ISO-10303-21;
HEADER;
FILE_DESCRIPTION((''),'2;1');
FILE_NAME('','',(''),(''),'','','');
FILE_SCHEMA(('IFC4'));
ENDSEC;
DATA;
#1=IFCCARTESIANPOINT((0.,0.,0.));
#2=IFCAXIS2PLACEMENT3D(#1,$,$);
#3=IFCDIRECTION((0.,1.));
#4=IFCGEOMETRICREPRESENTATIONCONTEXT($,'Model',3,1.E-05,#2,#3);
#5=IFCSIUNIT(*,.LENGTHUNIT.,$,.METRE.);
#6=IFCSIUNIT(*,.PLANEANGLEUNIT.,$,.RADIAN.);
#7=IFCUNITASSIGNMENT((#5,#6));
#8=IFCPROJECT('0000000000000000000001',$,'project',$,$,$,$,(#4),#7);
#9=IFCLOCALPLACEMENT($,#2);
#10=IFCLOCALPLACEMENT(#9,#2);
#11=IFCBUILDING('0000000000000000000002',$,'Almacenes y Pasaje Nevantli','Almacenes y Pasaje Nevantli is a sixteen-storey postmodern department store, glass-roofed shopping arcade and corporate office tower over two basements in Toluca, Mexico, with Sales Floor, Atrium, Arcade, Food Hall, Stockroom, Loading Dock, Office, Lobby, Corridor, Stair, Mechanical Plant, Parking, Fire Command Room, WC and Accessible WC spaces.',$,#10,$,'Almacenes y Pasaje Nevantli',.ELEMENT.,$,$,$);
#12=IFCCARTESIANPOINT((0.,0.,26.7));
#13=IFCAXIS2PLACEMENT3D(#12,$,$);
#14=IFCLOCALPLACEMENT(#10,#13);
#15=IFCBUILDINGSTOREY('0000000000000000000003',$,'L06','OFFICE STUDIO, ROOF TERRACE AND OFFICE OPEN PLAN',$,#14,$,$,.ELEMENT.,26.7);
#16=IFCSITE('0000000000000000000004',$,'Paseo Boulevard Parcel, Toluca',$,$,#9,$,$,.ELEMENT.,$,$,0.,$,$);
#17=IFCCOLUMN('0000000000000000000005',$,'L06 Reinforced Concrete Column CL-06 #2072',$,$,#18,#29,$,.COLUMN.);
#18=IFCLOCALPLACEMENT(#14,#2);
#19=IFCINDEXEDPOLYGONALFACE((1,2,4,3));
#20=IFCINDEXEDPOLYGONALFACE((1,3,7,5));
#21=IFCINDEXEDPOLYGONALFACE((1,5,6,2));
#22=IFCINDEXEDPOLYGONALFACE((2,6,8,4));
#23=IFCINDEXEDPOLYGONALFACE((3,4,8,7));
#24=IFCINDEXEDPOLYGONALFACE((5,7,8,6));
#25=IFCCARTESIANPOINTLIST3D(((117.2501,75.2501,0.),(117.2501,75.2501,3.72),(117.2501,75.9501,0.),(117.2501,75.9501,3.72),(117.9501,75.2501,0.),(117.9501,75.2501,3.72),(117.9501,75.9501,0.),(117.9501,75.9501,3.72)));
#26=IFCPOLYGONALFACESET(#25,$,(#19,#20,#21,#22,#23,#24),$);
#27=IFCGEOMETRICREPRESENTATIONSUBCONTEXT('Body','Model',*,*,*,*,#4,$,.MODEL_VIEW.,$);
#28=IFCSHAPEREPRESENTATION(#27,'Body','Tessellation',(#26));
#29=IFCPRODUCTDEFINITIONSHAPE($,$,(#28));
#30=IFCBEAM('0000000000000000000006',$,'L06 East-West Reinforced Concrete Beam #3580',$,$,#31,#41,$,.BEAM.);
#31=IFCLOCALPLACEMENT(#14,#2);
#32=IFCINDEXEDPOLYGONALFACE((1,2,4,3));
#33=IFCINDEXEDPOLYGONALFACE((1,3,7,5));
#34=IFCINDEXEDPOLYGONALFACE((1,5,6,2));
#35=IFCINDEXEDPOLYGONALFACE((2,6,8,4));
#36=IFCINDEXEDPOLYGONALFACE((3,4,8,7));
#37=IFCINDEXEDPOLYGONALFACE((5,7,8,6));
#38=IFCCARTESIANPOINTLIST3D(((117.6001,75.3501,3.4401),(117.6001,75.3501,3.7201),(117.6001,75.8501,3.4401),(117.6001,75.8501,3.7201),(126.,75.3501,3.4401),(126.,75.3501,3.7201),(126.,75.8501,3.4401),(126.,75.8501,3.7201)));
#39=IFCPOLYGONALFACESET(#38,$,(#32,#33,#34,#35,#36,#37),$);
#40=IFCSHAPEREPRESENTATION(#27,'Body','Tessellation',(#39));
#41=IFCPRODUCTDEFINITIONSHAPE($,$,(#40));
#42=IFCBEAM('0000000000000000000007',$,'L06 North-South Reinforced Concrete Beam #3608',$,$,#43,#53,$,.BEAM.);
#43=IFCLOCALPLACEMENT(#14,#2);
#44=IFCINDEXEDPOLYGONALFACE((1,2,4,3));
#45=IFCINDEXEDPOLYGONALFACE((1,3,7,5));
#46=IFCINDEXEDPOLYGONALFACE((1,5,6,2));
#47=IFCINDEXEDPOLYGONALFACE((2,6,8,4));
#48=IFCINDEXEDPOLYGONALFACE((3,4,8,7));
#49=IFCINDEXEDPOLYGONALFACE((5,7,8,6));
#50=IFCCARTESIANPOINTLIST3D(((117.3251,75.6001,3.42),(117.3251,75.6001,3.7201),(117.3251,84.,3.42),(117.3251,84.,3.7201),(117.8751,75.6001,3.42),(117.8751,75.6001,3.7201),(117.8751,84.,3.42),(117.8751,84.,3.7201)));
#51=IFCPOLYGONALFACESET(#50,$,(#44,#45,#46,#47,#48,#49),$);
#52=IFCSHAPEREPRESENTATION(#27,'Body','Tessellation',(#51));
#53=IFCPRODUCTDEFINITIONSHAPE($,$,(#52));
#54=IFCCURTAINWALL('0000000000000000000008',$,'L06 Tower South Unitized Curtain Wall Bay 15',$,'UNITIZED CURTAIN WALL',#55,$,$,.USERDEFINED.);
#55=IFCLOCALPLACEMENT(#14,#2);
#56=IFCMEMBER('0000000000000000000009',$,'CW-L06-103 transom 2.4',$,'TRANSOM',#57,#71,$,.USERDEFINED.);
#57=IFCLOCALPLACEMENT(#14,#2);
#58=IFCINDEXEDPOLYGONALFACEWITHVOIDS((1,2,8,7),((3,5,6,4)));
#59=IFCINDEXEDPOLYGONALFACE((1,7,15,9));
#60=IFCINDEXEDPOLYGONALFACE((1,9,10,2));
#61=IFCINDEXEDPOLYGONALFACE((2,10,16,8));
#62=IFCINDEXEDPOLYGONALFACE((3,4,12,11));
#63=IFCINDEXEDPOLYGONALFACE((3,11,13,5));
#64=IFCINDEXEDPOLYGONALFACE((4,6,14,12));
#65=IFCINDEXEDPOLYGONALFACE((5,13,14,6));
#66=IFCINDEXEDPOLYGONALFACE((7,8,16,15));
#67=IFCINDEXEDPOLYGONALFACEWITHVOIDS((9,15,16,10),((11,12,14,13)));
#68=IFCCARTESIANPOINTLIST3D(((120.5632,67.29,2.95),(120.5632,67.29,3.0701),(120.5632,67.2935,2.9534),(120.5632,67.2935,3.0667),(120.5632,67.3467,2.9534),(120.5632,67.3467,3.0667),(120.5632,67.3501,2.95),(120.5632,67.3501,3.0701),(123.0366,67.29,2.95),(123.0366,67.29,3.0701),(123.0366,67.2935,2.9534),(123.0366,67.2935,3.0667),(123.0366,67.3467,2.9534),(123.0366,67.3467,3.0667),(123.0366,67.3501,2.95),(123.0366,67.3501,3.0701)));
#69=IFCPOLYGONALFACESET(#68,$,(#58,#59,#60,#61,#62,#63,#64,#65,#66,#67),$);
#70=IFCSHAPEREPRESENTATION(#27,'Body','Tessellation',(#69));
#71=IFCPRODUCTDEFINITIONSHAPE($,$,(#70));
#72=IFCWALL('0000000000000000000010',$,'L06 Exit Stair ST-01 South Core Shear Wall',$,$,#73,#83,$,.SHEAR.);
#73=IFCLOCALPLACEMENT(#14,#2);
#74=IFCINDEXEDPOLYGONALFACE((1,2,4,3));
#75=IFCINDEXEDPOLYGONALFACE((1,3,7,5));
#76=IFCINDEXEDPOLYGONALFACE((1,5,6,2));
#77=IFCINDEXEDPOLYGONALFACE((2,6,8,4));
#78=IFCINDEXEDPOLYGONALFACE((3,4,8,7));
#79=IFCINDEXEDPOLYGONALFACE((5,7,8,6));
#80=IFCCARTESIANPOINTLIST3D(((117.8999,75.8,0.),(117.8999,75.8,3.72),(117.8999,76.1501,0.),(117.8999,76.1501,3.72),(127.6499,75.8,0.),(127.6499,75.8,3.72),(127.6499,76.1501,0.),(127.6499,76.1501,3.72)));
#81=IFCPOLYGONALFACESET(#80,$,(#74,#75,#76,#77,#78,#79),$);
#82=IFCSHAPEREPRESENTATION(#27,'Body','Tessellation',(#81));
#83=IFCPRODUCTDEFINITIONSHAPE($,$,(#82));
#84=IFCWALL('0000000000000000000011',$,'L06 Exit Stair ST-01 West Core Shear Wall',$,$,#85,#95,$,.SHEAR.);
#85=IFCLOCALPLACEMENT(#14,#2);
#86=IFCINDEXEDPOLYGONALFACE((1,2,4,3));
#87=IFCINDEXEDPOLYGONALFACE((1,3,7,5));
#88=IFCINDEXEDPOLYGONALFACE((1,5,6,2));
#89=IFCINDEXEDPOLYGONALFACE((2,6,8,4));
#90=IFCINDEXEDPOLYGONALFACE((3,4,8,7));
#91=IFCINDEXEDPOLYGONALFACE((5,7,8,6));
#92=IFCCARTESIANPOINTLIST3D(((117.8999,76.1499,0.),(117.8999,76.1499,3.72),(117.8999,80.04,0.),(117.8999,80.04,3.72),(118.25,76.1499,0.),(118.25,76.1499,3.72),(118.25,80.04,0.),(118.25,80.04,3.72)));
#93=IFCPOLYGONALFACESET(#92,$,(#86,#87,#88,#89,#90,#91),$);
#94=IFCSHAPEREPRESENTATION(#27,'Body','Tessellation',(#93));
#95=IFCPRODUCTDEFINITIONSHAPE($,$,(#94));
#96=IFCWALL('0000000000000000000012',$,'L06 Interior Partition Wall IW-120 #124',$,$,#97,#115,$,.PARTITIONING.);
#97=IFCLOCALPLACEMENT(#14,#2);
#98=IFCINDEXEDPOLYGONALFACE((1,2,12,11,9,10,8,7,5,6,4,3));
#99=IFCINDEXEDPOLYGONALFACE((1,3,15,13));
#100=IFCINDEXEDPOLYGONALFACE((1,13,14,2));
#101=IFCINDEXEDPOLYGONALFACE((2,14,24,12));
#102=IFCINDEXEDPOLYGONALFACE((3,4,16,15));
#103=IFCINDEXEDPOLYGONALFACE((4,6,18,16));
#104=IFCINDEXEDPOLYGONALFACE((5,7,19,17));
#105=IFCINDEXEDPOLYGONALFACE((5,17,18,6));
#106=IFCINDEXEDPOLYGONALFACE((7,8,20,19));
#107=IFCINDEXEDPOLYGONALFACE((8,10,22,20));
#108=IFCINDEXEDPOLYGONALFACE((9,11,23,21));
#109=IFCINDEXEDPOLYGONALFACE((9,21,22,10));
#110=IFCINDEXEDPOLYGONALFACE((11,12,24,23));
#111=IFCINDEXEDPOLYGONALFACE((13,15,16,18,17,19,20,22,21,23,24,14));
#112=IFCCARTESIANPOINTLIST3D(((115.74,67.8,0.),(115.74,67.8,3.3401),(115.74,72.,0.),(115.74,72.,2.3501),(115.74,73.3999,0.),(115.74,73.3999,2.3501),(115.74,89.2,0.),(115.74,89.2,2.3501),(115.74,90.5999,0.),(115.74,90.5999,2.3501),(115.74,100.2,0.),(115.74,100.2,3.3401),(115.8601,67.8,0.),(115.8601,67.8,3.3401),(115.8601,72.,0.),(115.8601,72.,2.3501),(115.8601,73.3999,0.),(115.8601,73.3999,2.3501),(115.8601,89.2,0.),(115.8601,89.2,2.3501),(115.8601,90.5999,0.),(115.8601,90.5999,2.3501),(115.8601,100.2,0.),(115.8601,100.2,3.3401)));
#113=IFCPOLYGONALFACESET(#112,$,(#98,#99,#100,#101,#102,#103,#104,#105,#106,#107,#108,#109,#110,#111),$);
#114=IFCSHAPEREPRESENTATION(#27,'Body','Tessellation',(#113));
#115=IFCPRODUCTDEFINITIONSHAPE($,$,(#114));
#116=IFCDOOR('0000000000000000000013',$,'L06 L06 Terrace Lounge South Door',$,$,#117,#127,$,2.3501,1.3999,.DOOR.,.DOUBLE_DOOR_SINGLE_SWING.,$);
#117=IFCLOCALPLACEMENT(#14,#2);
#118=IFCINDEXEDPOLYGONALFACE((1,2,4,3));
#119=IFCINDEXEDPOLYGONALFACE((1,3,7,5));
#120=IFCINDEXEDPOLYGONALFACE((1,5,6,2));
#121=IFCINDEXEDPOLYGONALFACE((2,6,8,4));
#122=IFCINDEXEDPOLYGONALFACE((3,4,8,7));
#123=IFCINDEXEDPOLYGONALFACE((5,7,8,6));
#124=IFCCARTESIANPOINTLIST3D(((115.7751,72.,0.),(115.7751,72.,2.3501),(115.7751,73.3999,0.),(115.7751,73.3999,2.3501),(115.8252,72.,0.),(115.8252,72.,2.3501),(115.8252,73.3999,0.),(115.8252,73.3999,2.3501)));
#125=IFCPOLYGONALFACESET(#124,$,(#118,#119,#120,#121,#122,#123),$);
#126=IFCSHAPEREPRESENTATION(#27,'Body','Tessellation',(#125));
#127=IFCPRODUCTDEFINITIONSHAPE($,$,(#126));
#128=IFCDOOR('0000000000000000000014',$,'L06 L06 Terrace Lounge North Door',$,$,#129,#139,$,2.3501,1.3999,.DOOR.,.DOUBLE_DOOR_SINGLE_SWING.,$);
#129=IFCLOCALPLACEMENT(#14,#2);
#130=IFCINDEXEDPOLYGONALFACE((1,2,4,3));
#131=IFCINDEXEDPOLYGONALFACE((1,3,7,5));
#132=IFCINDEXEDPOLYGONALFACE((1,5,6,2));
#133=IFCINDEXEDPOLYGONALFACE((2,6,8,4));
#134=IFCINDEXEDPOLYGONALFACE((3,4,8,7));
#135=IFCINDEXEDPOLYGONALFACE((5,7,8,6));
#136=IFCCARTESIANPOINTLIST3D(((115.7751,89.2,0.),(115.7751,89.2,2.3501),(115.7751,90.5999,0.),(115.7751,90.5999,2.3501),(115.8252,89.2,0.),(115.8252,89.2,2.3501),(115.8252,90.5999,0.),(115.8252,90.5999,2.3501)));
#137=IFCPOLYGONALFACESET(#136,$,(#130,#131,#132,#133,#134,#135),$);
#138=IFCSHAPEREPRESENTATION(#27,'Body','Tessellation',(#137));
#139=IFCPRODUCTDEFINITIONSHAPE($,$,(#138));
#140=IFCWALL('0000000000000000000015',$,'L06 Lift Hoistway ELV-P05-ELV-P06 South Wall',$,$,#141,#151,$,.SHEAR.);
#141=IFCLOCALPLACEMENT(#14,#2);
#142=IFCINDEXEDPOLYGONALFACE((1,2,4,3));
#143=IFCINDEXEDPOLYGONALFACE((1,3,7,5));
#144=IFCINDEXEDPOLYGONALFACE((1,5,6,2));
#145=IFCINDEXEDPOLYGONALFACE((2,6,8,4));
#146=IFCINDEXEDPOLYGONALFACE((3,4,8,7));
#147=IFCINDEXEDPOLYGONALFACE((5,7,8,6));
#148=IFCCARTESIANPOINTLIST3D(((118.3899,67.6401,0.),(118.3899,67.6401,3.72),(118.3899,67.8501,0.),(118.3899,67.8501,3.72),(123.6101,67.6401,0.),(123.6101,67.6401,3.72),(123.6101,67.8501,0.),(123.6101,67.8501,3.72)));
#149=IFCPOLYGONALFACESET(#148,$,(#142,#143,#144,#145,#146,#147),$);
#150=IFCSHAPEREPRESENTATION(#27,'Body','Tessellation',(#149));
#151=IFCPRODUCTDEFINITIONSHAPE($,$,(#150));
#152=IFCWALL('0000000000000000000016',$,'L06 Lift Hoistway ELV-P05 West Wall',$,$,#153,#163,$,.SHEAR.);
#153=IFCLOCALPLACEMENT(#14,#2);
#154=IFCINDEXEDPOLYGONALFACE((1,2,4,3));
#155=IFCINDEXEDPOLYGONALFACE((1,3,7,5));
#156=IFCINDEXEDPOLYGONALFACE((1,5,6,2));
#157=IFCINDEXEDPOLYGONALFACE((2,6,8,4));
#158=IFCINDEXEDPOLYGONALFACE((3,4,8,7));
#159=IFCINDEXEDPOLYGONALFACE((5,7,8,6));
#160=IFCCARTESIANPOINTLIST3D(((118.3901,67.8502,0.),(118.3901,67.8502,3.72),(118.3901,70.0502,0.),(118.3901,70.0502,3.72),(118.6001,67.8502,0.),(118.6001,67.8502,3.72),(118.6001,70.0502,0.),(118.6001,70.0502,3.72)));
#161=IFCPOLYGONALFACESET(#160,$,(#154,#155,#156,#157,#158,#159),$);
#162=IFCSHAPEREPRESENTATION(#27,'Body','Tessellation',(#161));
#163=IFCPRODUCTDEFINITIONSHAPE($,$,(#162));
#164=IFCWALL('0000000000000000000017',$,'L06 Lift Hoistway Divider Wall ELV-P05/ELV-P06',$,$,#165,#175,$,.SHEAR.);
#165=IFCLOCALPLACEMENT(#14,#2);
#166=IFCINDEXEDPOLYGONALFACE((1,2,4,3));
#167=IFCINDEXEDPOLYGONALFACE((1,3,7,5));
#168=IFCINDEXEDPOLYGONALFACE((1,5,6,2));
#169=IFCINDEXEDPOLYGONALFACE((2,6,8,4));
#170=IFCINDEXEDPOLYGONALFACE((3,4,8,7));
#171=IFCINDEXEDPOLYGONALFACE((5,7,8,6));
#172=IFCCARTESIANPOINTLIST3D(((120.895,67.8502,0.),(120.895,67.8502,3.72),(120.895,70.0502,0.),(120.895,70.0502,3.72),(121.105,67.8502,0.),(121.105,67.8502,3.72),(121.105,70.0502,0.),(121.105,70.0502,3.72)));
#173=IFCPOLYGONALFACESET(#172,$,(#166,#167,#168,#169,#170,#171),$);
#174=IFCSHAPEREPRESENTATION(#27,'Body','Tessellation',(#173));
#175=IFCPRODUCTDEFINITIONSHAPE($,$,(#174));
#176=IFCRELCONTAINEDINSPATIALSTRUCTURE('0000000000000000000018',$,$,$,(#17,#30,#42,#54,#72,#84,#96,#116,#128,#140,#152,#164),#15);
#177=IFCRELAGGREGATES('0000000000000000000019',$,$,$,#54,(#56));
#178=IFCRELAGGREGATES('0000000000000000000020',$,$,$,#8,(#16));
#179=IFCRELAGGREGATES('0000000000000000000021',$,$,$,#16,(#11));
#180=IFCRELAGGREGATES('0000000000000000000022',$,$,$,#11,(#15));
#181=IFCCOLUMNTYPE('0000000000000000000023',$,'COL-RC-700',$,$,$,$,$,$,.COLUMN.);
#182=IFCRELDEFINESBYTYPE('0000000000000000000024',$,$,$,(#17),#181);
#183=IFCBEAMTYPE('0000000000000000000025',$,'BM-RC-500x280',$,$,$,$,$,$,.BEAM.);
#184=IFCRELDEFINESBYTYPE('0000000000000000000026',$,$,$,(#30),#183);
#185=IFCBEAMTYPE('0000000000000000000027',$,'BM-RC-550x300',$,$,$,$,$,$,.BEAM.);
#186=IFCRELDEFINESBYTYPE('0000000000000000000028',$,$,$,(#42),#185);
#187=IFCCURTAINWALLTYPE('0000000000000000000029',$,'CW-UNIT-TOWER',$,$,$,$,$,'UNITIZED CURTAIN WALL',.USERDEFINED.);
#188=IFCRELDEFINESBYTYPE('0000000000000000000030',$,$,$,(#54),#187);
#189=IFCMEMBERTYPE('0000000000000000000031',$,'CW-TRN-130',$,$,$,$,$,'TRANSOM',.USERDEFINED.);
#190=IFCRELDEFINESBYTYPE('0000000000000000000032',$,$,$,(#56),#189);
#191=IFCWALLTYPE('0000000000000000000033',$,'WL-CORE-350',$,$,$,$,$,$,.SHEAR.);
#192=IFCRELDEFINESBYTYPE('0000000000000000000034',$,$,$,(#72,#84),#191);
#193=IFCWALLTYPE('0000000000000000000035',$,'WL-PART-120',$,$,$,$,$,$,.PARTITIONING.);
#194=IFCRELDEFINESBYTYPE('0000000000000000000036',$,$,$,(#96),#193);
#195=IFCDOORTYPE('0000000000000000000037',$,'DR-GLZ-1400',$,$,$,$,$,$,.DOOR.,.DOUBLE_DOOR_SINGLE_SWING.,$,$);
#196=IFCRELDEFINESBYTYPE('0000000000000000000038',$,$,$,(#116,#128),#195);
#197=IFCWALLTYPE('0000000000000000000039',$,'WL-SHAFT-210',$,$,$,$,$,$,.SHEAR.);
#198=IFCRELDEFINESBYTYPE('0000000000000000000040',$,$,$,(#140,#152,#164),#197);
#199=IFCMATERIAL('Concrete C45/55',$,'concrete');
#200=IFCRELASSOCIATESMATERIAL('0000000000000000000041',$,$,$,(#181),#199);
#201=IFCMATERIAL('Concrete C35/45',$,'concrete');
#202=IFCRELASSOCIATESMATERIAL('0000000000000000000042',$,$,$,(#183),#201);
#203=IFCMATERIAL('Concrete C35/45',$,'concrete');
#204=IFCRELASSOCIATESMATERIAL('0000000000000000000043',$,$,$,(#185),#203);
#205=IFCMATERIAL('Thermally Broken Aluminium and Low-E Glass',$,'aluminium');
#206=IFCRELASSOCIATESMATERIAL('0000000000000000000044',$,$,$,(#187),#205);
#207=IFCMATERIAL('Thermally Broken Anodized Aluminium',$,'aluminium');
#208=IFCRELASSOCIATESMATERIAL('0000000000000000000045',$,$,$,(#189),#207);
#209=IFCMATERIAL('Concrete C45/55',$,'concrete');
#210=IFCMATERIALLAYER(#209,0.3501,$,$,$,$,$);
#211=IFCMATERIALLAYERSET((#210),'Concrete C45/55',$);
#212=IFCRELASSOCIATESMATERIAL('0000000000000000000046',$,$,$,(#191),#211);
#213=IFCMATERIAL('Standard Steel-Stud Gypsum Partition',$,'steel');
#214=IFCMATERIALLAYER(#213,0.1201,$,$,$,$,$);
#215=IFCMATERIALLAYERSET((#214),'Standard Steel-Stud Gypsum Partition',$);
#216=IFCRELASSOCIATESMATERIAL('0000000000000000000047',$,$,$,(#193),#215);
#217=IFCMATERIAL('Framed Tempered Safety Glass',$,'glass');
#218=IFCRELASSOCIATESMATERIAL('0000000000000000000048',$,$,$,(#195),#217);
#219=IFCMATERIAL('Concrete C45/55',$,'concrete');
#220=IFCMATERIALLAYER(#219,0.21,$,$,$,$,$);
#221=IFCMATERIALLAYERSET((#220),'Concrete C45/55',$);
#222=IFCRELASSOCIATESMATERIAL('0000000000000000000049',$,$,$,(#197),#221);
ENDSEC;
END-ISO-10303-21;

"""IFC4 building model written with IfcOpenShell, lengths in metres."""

from ifc_helpers import new_model, si_unit, direction, frame, frame_2d, origin, origin_2d, place, context, subcontext, project, spatial, rectangle, hollow_rectangle, extrude, material, layer, layer_set, material_profile, profile_set, type_object, element, fill, aggregate, save


model = new_model("IFC4")

# Units and contexts
model_context = context("Model", 3, precision=1e-05, world=origin(), true_north=direction((0.0, 1.0)))
body_context = subcontext(model_context, "Body", "Model", "MODEL_VIEW")
ifc_project = project(units=[si_unit("LENGTHUNIT", "METRE"), si_unit("PLANEANGLEUNIT", "RADIAN")], contexts=[model_context])

# Site, building, storey
site_placement = place(None, origin())
site = spatial("IfcSite", under=ifc_project, at=site_placement, Name="Paseo Boulevard Parcel, Toluca", CompositionType="ELEMENT", RefElevation=0.0)
building_placement = place(site_placement, origin())
building = spatial("IfcBuilding", under=site, at=building_placement, Name="Almacenes y Pasaje Nevantli", Description="Almacenes y Pasaje Nevantli is a sixteen-storey postmodern department store, glass-roofed shopping arcade and corporate office tower over two basements in Toluca, Mexico, with Sales Floor, Atrium, Arcade, Food Hall, Stockroom, Loading Dock, Office, Lobby, Corridor, Stair, Mechanical Plant, Parking, Fire Command Room, WC and Accessible WC spaces.", LongName="Almacenes y Pasaje Nevantli", CompositionType="ELEMENT")
storey_placement = place(building_placement, frame((0.0, 0.0, 26.7)))
storey = spatial("IfcBuildingStorey", under=building, at=storey_placement, Name="L06", Description="OFFICE STUDIO, ROOF TERRACE AND OFFICE OPEN PLAN", CompositionType="ELEMENT", Elevation=26.7)

# Column
ifc_material_1 = material(Name="Concrete C45/55", Category="concrete")
ifc_material_profile_1 = material_profile(ifc_material_1, rectangle(XDim=0.7, YDim=0.7, at=origin_2d()), Name="RC-COL-700x700")
ifc_profile_set_1 = profile_set([ifc_material_profile_1], Name="Concrete C45/55")
column_type = type_object("IfcColumnType", Name="COL-RC-700", PredefinedType="COLUMN", material=ifc_profile_set_1)
column_placement = place(storey_placement, frame((117.6001, 75.6001, 0.0), z_axis=(0.0, 0.0, 1.0), x_axis=(1.0, 0.0, 0.0)))
element("IfcColumn", 1, at=column_placement, inside=storey, type_object=column_type, Name="L06 Reinforced Concrete Column CL-06 #2072", PredefinedType="COLUMN", context=body_context, shape_type="SweptSolid", body=[
    extrude(rectangle(XDim=0.7, YDim=0.7, at=origin_2d()), origin(), (0.0, 0.0, 1.0), 3.72),
])

# Beams
ifc_material_2 = material(Name="Concrete C35/45", Category="concrete")
ifc_material_profile_2 = material_profile(ifc_material_2, rectangle(XDim=0.5, YDim=0.28, at=origin_2d()), Name="RC-BM-500x280")
ifc_profile_set_2 = profile_set([ifc_material_profile_2], Name="Concrete C35/45")
beam_type_1 = type_object("IfcBeamType", Name="BM-RC-500x280", PredefinedType="BEAM", material=ifc_profile_set_2)
beam_1_placement = place(storey_placement, frame((117.6001, 75.6001, 3.5801), z_axis=(1.0, 0.0, 0.0), x_axis=(0.0, 1.0, 0.0)))
element("IfcBeam", 2, at=beam_1_placement, inside=storey, type_object=beam_type_1, Name="L06 East-West Reinforced Concrete Beam #3580", PredefinedType="BEAM", context=body_context, shape_type="SweptSolid", body=[
    extrude(rectangle(XDim=0.5, YDim=0.28, at=origin_2d()), origin(), (0.0, 0.0, 1.0), 8.3999),
])
ifc_material_3 = material(Name="Concrete C35/45", Category="concrete")
ifc_material_profile_3 = material_profile(ifc_material_3, rectangle(XDim=0.55, YDim=0.3, at=origin_2d()), Name="RC-BM-550x300")
ifc_profile_set_3 = profile_set([ifc_material_profile_3], Name="Concrete C35/45")
beam_type_2 = type_object("IfcBeamType", Name="BM-RC-550x300", PredefinedType="BEAM", material=ifc_profile_set_3)
beam_2_placement = place(storey_placement, frame((117.6001, 75.6001, 3.5701), z_axis=(0.0, 1.0, 0.0), x_axis=(-1.0, 0.0, 0.0)))
element("IfcBeam", 3, at=beam_2_placement, inside=storey, type_object=beam_type_2, Name="L06 North-South Reinforced Concrete Beam #3608", PredefinedType="BEAM", context=body_context, shape_type="SweptSolid", body=[
    extrude(rectangle(XDim=0.55, YDim=0.3, at=origin_2d()), origin(), (0.0, 0.0, 1.0), 8.3999),
])

# Curtain wall, member
ifc_material_4 = material(Name="Thermally Broken Aluminium and Low-E Glass", Category="aluminium")
curtain_wall_type = type_object("IfcCurtainWallType", Name="CW-UNIT-TOWER", ElementType="UNITIZED CURTAIN WALL", PredefinedType="USERDEFINED", material=ifc_material_4)
curtain_wall_placement = place(storey_placement, origin())
curtain_wall = element("IfcCurtainWall", 4, at=curtain_wall_placement, inside=storey, type_object=curtain_wall_type, Name="L06 Tower South Unitized Curtain Wall Bay 15", ObjectType="UNITIZED CURTAIN WALL", PredefinedType="USERDEFINED")
ifc_material_5 = material(Name="Thermally Broken Anodized Aluminium", Category="aluminium")
ifc_material_profile_4 = material_profile(ifc_material_5, hollow_rectangle(XDim=0.0601, YDim=0.1201, WallThickness=0.0034, at=origin_2d()), Name="ALU-TRN-60x120")
ifc_profile_set_4 = profile_set([ifc_material_profile_4], Name="Thermally Broken Anodized Aluminium")
member_type = type_object("IfcMemberType", Name="CW-TRN-130", ElementType="TRANSOM", PredefinedType="USERDEFINED", material=ifc_profile_set_4)
member_placement = place(storey_placement, frame((120.5632, 67.3201, 3.01), z_axis=(1.0, 0.0, 0.0), x_axis=(0.0, 1.0, 0.0)))
member = element("IfcMember", 5, at=member_placement, type_object=member_type, Name="CW-L06-103 transom 2.4", ObjectType="TRANSOM", PredefinedType="USERDEFINED", context=body_context, shape_type="SweptSolid", body=[
    extrude(hollow_rectangle(XDim=0.0601, YDim=0.1201, WallThickness=0.0034, at=origin_2d()), origin(), (0.0, 0.0, 1.0), 2.4734),
])
aggregate(curtain_wall, [member])

# Walls
ifc_material_6 = material(Name="Concrete C45/55", Category="concrete")
ifc_layer_1 = layer(ifc_material_6, 0.3501)
ifc_layer_set_1 = layer_set([ifc_layer_1], Name="Concrete C45/55")
wall_type_1 = type_object("IfcWallType", Name="WL-CORE-350", PredefinedType="SHEAR", material=ifc_layer_set_1)
wall_1_placement = place(storey_placement, frame((117.8999, 75.9751, 0.0), z_axis=(0.0, 0.0, 1.0), x_axis=(1.0, 0.0, 0.0)))
element("IfcWall", 6, at=wall_1_placement, inside=storey, type_object=wall_type_1, Name="L06 Exit Stair ST-01 South Core Shear Wall", PredefinedType="SHEAR", context=body_context, shape_type="SweptSolid", body=[
    extrude(rectangle(XDim=9.75, YDim=0.3501, at=frame_2d((4.875, 0.0))), origin(), (0.0, 0.0, 1.0), 3.72),
])
wall_2_placement = place(storey_placement, frame((118.075, 76.1499, 0.0), z_axis=(0.0, 0.0, 1.0), x_axis=(0.0, 1.0, 0.0)))
element("IfcWall", 7, at=wall_2_placement, inside=storey, type_object=wall_type_1, Name="L06 Exit Stair ST-01 West Core Shear Wall", PredefinedType="SHEAR", context=body_context, shape_type="SweptSolid", body=[
    extrude(rectangle(XDim=3.8901, YDim=0.3501, at=frame_2d((1.9451, 0.0))), origin(), (0.0, 0.0, 1.0), 3.72),
])

# Wall, openings, doors
ifc_material_7 = material(Name="Standard Steel-Stud Gypsum Partition", Category="steel")
ifc_layer_2 = layer(ifc_material_7, 0.1201)
ifc_layer_set_2 = layer_set([ifc_layer_2], Name="Standard Steel-Stud Gypsum Partition")
wall_type_2 = type_object("IfcWallType", Name="WL-PART-120", PredefinedType="PARTITIONING", material=ifc_layer_set_2)
wall_3_placement = place(storey_placement, frame((115.8, 67.8, 0.0), z_axis=(0.0, 0.0, 1.0), x_axis=(0.0, 1.0, 0.0)))
wall_3 = element("IfcWall", 8, at=wall_3_placement, inside=storey, type_object=wall_type_2, Name="L06 Interior Partition Wall IW-120 #124", PredefinedType="PARTITIONING", context=body_context, shape_type="SweptSolid", body=[
    extrude(rectangle(XDim=32.3999, YDim=0.1201, at=frame_2d((16.2, 0.0))), origin(), (0.0, 0.0, 1.0), 3.3401),
])
opening_1_placement = place(wall_3_placement, frame((4.2, 0.0, 0.0)))
opening_1 = element("IfcOpeningElement", 9, at=opening_1_placement, cuts=wall_3, PredefinedType="OPENING", context=body_context, shape_type="SweptSolid", body=[
    extrude(rectangle(XDim=1.3999, YDim=2.3501, at=frame_2d((0.7, 1.175))), frame((0.0, 0.0701, 0.0), z_axis=(0.0, -1.0, 0.0), x_axis=(1.0, 0.0, 0.0)), (0.0, 0.0, 1.0), 0.1401),
])
opening_2_placement = place(wall_3_placement, frame((21.3999, 0.0, 0.0)))
opening_2 = element("IfcOpeningElement", 10, at=opening_2_placement, cuts=wall_3, PredefinedType="OPENING", context=body_context, shape_type="SweptSolid", body=[
    extrude(rectangle(XDim=1.3999, YDim=2.3501, at=frame_2d((0.7, 1.175))), frame((0.0, 0.0701, 0.0), z_axis=(0.0, -1.0, 0.0), x_axis=(1.0, 0.0, 0.0)), (0.0, 0.0, 1.0), 0.1401),
])
ifc_material_8 = material(Name="Framed Tempered Safety Glass", Category="glass")
door_type_1 = type_object("IfcDoorType", Name="DR-GLZ-1400", OperationType="DOUBLE_DOOR_SINGLE_SWING", PredefinedType="DOOR", material=ifc_material_8)
door_1_placement = place(opening_1_placement, origin())
door_1 = element("IfcDoor", 11, at=door_1_placement, inside=storey, type_object=door_type_1, Name="L06 L06 Terrace Lounge South Door", OperationType="DOUBLE_DOOR_SINGLE_SWING", OverallHeight=2.3501, OverallWidth=1.3999, PredefinedType="DOOR", context=body_context, shape_type="SweptSolid", body=[
    extrude(rectangle(XDim=1.3999, YDim=2.3501, at=frame_2d((0.7, 1.175))), frame((0.0, 0.0249, 0.0), z_axis=(0.0, -1.0, 0.0), x_axis=(1.0, 0.0, 0.0)), (0.0, 0.0, 1.0), 0.05),
])
fill(opening_1, door_1)
door_2_placement = place(opening_2_placement, origin())
door_2 = element("IfcDoor", 12, at=door_2_placement, inside=storey, type_object=door_type_1, Name="L06 L06 Terrace Lounge North Door", OperationType="DOUBLE_DOOR_SINGLE_SWING", OverallHeight=2.3501, OverallWidth=1.3999, PredefinedType="DOOR", context=body_context, shape_type="SweptSolid", body=[
    extrude(rectangle(XDim=1.3999, YDim=2.3501, at=frame_2d((0.7, 1.175))), frame((0.0, 0.0249, 0.0), z_axis=(0.0, -1.0, 0.0), x_axis=(1.0, 0.0, 0.0)), (0.0, 0.0, 1.0), 0.05),
])
fill(opening_2, door_2)

# Wall
ifc_material_9 = material(Name="Concrete C45/55", Category="concrete")
ifc_layer_3 = layer(ifc_material_9, 0.21)
ifc_layer_set_3 = layer_set([ifc_layer_3], Name="Concrete C45/55")
wall_type_3 = type_object("IfcWallType", Name="WL-SHAFT-210", PredefinedType="SHEAR", material=ifc_layer_set_3)
wall_4_placement = place(storey_placement, frame((118.3899, 67.7451, 0.0), z_axis=(0.0, 0.0, 1.0), x_axis=(1.0, 0.0, 0.0)))
element("IfcWall", 13, at=wall_4_placement, inside=storey, type_object=wall_type_3, Name="L06 Lift Hoistway ELV-P05-ELV-P06 South Wall", PredefinedType="SHEAR", context=body_context, shape_type="SweptSolid", body=[
    extrude(rectangle(XDim=5.2202, YDim=0.21, at=frame_2d((2.6101, 0.0))), origin(), (0.0, 0.0, 1.0), 3.72),
])

# Walls
for number, where, z_axis, x_axis, name in (
    (14, (118.4951, 67.8501, 0.0), (0.0, 0.0, 1.0), (0.0, 1.0, 0.0), "L06 Lift Hoistway ELV-P05 West Wall"),
    (15, (121.0, 67.8501, 0.0), (0.0, 0.0, 1.0), (0.0, 1.0, 0.0), "L06 Lift Hoistway Divider Wall ELV-P05/ELV-P06"),
):
    element("IfcWall", number, at=place(storey_placement, frame(where, z_axis=z_axis, x_axis=x_axis)), inside=storey, type_object=wall_type_3, Name=name, PredefinedType="SHEAR", context=body_context, shape_type="SweptSolid", body=[
        extrude(rectangle(XDim=2.2, YDim=0.21, at=frame_2d((1.1001, 0.0))), origin(), (0.0, 0.0, 1.0), 3.72),
    ])

save(model, "model.ifc")
